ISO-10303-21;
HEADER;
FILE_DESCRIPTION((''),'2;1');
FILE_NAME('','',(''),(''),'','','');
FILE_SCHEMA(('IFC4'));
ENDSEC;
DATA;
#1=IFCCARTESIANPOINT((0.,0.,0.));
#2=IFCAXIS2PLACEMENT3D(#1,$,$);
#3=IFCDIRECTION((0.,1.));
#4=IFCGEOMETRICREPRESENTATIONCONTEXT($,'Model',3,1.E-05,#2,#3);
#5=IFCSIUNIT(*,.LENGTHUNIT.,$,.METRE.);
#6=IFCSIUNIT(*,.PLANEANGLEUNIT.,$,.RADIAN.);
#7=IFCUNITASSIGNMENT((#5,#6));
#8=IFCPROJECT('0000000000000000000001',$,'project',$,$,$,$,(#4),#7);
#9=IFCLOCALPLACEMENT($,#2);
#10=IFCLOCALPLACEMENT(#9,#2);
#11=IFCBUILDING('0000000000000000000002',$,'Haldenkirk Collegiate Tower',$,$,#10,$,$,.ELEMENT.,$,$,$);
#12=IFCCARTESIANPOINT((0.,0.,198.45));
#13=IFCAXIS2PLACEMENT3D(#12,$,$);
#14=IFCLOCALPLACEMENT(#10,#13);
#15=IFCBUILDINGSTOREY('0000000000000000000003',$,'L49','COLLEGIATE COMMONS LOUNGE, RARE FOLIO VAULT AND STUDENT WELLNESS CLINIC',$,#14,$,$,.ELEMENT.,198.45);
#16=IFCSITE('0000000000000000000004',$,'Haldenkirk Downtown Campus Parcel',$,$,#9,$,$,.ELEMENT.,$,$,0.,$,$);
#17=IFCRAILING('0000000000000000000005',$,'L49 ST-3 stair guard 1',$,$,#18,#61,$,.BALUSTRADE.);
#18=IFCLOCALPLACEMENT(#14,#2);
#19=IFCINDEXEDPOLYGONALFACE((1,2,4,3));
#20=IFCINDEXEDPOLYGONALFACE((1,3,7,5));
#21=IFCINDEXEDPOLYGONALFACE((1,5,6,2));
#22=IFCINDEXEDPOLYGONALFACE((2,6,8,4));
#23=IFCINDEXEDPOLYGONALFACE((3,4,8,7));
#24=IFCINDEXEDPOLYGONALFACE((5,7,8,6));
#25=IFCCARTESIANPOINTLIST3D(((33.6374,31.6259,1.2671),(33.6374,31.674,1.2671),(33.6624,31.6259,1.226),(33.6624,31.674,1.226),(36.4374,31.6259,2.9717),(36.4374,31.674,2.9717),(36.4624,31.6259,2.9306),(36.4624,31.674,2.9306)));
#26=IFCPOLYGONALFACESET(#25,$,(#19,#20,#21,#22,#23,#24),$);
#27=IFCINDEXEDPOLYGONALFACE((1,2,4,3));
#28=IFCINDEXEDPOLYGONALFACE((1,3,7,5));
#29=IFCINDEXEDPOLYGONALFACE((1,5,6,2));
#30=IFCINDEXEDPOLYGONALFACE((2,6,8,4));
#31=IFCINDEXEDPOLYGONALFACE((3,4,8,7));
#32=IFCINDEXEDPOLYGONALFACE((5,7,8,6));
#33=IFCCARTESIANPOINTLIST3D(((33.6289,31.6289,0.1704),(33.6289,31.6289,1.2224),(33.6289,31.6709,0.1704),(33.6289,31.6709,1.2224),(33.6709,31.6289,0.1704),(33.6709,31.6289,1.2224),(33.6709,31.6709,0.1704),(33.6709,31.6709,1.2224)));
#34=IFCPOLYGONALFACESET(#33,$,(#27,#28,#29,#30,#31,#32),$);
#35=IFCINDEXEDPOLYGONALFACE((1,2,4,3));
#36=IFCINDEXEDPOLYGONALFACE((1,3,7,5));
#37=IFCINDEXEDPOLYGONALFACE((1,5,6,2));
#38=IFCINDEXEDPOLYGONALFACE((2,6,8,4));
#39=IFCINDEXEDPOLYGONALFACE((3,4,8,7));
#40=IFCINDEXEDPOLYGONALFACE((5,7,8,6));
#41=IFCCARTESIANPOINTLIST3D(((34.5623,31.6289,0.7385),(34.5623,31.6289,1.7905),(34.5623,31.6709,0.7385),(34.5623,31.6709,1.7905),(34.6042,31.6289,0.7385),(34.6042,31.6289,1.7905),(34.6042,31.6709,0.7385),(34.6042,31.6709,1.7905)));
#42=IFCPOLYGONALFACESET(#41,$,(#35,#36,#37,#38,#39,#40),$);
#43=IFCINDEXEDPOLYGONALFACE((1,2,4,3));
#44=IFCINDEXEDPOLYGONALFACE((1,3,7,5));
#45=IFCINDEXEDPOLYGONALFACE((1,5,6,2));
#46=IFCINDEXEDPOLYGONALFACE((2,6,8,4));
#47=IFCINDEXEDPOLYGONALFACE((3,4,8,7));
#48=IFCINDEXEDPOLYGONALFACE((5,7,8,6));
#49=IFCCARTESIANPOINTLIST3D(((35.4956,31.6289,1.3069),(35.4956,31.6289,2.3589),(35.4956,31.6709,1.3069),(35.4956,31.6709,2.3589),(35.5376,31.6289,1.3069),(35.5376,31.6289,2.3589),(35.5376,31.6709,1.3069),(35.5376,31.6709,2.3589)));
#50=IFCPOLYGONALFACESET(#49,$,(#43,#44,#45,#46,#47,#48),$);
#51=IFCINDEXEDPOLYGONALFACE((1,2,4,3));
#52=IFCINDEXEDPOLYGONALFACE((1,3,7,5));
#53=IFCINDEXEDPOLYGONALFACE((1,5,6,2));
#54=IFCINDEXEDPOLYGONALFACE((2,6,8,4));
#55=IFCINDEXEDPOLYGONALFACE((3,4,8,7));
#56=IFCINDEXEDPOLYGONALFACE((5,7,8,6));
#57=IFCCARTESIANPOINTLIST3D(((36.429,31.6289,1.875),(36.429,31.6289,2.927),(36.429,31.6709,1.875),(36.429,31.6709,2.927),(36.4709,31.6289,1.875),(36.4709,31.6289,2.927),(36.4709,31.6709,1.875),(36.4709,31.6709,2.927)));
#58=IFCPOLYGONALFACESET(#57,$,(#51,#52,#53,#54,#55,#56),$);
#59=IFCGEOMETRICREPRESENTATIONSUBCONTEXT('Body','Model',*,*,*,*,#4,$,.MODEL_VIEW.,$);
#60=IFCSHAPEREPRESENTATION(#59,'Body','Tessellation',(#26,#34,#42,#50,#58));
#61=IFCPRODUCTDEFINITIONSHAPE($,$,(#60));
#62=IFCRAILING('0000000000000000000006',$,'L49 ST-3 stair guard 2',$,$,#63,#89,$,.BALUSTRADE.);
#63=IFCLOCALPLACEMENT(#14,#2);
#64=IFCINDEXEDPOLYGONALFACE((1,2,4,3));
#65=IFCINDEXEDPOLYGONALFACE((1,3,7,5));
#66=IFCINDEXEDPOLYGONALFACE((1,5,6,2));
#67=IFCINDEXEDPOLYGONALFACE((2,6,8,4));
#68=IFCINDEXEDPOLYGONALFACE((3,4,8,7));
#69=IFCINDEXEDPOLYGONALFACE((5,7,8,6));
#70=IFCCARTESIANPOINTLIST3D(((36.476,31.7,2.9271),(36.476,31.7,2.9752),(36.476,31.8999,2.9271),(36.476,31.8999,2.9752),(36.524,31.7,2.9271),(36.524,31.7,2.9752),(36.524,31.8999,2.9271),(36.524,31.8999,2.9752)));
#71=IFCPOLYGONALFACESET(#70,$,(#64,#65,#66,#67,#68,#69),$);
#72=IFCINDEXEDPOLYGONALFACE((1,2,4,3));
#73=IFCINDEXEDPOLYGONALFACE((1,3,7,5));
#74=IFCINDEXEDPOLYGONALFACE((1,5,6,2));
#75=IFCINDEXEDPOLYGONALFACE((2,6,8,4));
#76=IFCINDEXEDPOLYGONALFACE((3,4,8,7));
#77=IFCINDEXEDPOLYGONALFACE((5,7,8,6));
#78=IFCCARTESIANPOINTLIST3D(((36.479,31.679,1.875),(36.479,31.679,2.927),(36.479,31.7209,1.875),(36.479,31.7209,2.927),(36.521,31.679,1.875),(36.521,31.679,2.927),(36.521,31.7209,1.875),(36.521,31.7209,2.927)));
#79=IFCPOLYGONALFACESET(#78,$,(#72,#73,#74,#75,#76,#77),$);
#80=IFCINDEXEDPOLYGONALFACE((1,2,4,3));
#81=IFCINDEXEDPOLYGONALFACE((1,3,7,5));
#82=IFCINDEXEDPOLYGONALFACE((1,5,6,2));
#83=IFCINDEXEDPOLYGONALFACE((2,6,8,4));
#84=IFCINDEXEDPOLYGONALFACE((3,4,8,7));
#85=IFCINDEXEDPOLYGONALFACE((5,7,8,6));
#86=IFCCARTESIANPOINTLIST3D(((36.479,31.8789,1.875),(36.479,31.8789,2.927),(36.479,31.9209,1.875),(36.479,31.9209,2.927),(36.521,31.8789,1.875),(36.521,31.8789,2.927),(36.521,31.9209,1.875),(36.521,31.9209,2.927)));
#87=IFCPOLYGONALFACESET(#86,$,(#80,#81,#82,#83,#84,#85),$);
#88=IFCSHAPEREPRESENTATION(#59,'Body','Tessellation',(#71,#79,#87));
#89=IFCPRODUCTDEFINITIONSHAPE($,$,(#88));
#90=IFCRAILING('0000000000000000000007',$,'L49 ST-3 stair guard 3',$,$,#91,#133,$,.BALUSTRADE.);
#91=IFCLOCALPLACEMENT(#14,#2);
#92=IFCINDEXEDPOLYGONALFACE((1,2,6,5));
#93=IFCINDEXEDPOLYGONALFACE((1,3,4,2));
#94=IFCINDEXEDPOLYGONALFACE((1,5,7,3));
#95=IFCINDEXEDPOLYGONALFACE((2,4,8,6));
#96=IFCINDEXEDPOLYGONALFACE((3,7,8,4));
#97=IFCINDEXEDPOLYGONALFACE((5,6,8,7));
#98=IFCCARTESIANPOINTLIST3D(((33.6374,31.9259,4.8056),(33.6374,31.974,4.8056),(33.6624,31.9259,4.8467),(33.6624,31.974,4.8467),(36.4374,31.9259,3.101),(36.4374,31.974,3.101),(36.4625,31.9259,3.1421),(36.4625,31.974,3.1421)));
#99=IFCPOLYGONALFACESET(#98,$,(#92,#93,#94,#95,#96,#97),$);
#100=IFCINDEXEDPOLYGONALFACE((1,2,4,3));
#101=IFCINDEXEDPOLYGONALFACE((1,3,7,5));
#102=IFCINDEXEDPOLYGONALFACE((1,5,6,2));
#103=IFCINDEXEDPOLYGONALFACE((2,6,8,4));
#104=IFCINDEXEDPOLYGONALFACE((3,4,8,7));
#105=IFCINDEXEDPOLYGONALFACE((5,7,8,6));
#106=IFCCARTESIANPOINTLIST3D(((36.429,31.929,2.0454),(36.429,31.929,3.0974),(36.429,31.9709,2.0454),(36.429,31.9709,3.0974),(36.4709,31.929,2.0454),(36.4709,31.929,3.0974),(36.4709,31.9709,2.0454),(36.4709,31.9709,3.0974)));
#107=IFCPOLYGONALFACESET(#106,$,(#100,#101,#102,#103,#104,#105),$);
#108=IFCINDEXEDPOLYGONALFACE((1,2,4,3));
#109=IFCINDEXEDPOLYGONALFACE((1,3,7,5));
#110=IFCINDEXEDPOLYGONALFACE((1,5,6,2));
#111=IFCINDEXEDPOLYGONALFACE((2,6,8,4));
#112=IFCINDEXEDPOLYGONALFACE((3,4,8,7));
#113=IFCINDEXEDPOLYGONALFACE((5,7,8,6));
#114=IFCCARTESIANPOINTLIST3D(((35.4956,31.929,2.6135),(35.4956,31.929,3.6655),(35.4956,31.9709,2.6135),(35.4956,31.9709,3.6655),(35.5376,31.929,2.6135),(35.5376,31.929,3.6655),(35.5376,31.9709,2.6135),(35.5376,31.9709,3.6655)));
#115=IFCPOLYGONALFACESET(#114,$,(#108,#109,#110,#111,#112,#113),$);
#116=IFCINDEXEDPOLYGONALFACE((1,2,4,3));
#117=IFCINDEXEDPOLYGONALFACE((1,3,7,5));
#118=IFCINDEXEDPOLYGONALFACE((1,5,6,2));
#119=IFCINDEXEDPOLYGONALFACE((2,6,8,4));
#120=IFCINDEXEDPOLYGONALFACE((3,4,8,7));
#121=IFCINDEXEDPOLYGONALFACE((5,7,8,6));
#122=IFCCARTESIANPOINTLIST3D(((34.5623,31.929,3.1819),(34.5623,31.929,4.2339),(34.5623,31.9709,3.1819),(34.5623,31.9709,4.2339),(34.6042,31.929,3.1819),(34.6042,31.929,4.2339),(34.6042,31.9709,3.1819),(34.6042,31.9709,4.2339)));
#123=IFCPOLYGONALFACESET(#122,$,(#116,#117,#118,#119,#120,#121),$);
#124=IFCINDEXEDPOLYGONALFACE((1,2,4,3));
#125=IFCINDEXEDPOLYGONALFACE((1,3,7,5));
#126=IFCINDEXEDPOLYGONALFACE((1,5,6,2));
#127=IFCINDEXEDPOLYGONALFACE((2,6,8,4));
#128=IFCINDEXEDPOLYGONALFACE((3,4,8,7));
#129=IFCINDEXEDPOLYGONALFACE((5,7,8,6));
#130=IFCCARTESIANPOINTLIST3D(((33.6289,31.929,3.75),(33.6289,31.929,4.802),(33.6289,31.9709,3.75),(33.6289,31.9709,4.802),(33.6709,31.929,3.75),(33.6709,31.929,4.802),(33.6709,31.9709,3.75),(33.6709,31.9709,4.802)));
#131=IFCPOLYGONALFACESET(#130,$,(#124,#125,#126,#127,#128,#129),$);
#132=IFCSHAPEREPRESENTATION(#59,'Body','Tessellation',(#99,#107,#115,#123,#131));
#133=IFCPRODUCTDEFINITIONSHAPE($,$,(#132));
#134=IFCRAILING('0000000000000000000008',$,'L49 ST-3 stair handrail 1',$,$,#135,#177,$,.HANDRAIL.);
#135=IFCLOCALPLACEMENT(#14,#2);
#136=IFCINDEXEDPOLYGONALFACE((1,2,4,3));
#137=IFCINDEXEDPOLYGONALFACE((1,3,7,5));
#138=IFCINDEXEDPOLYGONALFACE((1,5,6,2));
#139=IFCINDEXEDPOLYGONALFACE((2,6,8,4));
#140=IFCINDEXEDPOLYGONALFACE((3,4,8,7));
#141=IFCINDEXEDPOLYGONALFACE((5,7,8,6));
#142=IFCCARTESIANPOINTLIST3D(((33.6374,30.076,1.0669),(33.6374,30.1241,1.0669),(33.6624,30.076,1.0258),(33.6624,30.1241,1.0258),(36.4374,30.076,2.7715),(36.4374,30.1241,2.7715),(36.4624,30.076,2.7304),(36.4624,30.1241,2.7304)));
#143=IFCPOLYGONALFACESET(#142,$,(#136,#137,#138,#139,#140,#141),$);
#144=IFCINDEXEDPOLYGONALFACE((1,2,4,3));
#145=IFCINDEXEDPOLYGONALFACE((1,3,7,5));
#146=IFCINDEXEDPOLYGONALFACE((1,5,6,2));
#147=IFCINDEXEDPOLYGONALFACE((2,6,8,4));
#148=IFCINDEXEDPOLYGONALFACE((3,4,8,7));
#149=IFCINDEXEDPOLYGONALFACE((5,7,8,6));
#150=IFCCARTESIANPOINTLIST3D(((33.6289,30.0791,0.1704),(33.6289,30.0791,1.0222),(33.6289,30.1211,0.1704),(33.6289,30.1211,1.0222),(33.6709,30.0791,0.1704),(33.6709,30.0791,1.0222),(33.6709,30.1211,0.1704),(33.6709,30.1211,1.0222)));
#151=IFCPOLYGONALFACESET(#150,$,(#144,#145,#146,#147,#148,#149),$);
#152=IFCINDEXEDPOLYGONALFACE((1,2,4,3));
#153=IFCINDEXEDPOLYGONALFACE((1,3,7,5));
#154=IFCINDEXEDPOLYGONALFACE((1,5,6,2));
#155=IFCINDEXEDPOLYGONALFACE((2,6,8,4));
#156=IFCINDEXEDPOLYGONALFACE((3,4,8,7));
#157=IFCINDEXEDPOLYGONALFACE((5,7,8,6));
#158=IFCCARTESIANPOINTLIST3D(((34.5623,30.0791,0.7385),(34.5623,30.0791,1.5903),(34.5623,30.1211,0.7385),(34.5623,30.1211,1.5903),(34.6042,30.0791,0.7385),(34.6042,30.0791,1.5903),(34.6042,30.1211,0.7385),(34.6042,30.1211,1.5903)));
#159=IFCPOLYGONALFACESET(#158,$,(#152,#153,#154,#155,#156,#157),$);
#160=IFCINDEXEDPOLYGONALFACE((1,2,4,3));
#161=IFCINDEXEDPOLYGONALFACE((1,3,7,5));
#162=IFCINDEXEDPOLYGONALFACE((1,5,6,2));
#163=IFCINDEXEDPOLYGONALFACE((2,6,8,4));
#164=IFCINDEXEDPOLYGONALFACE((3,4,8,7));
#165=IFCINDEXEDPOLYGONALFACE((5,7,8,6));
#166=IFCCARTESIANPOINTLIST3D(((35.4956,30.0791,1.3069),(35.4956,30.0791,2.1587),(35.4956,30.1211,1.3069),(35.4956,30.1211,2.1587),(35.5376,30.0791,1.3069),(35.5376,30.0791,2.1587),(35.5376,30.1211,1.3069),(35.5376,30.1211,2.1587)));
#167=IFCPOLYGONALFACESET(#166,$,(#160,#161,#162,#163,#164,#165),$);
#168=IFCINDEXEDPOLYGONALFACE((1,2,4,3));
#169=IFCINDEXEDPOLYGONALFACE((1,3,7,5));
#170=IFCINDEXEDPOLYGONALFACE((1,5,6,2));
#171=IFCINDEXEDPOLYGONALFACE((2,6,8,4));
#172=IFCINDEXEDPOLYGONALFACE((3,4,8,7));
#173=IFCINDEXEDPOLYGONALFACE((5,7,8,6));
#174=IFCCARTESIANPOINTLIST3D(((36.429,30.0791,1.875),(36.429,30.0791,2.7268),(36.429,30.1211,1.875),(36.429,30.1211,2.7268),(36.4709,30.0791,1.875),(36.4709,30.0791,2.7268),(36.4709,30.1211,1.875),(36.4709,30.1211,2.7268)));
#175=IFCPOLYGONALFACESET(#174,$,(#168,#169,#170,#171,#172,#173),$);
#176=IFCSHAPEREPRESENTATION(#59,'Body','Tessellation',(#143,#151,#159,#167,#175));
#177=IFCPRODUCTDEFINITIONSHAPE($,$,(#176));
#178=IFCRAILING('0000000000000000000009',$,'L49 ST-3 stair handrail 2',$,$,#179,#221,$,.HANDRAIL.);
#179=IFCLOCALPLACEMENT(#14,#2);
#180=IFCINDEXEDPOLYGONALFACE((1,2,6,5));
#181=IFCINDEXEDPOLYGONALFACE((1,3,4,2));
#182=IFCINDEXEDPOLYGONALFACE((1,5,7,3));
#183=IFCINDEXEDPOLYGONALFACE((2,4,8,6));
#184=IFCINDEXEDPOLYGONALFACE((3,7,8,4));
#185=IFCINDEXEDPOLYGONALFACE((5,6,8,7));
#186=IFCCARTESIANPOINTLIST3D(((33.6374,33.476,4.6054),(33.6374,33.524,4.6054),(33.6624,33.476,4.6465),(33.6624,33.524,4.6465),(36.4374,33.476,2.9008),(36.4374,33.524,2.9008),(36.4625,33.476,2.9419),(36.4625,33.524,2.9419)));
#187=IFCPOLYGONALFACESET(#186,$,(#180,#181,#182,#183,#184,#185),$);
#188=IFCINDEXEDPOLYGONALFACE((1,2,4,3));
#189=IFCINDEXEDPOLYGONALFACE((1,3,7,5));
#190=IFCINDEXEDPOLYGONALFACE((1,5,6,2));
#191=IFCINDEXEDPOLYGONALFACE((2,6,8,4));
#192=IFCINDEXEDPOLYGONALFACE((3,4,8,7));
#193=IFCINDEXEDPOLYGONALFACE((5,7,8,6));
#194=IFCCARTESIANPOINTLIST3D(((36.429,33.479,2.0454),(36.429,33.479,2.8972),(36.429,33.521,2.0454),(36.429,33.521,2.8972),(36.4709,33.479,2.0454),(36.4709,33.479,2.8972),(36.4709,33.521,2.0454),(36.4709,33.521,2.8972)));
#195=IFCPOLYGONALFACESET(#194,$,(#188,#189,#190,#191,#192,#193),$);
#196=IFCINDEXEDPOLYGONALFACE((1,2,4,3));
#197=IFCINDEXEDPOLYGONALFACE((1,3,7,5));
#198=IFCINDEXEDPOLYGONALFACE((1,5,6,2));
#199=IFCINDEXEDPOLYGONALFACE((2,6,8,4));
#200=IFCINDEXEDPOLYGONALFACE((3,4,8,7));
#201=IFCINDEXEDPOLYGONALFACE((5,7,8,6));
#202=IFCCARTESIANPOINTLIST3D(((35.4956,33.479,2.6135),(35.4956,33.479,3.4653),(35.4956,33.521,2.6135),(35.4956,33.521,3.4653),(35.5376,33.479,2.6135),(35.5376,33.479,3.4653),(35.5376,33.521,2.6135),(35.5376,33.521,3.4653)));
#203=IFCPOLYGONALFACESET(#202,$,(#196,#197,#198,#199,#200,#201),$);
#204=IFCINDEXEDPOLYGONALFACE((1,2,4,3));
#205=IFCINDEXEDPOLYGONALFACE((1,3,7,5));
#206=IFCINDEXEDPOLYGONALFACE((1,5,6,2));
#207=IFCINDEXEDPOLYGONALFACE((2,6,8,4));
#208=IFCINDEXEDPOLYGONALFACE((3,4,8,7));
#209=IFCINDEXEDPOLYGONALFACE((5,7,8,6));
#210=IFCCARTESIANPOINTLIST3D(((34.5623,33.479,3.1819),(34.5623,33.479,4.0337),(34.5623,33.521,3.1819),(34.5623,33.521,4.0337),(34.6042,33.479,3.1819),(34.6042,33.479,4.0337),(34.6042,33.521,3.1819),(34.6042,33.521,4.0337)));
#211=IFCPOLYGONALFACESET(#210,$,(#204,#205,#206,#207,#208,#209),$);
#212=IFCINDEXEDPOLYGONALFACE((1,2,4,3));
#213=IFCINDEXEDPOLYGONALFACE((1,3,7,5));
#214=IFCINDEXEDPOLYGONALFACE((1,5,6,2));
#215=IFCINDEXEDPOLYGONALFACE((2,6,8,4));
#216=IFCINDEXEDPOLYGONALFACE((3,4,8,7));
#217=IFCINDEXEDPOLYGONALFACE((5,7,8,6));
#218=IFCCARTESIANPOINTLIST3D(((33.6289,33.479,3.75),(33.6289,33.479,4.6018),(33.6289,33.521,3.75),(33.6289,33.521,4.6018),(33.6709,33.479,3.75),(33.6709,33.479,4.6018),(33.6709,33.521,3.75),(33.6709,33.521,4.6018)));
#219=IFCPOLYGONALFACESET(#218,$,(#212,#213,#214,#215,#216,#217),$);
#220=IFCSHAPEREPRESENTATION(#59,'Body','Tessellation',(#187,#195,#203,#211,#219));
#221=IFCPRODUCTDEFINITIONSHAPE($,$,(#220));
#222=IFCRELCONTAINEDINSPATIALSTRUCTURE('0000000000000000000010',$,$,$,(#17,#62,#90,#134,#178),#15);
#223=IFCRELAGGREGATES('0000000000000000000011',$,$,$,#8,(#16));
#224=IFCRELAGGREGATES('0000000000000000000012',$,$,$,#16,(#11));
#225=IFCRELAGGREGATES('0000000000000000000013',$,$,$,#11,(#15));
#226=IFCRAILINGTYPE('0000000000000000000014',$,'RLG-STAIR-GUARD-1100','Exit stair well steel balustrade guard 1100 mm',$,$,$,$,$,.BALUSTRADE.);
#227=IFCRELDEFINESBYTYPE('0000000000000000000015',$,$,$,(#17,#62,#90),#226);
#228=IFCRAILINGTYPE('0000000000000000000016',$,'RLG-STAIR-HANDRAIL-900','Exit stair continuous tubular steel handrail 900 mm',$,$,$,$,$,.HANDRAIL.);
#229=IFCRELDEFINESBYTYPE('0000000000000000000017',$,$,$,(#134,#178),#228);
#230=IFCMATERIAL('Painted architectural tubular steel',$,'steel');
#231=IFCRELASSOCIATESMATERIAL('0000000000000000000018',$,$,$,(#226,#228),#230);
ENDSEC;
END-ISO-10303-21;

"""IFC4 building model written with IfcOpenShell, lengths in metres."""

from ifc_helpers import new_model, si_unit, direction, frame, origin, origin_2d, place, context, subcontext, project, spatial, rectangle, extrude, material, type_object, element, save


model = new_model("IFC4")

# Units and contexts
model_context = context("Model", 3, precision=1e-05, world=origin(), true_north=direction((0.0, 1.0)))
body_context = subcontext(model_context, "Body", "Model", "MODEL_VIEW")
ifc_project = project(units=[si_unit("LENGTHUNIT", "METRE"), si_unit("PLANEANGLEUNIT", "RADIAN")], contexts=[model_context])

# Site, building, storey
site_placement = place(None, origin())
site = spatial("IfcSite", under=ifc_project, at=site_placement, Name="Haldenkirk Downtown Campus Parcel", CompositionType="ELEMENT", RefElevation=0.0)
building_placement = place(site_placement, origin())
building = spatial("IfcBuilding", under=site, at=building_placement, Name="Haldenkirk Collegiate Tower", CompositionType="ELEMENT")
storey_placement = place(building_placement, frame((0.0, 0.0, 198.45)))
storey = spatial("IfcBuildingStorey", under=building, at=storey_placement, Name="L49", Description="COLLEGIATE COMMONS LOUNGE, RARE FOLIO VAULT AND STUDENT WELLNESS CLINIC", CompositionType="ELEMENT", Elevation=198.45)

# Railings
ifc_material_1 = material(Name="Painted architectural tubular steel", Category="steel")
railing_type_1 = type_object("IfcRailingType", Name="RLG-STAIR-GUARD-1100", Description="Exit stair well steel balustrade guard 1100 mm", PredefinedType="BALUSTRADE", material=ifc_material_1)
railing_1_placement = place(storey_placement, frame((33.6499, 31.6499, 0.1704)))
element("IfcRailing", 1, at=railing_1_placement, inside=storey, type_object=railing_type_1, Name="L49 ST-3 stair guard 1", PredefinedType="BALUSTRADE", context=body_context, shape_type="SweptSolid", body=[
    extrude(rectangle(XDim=0.0481, YDim=0.0481, at=origin_2d()), frame((0.0, 0.0, 1.0762), z_axis=(0.85417, 0.0, 0.519994), x_axis=(0.0, 1.0, 0.0)), (0.0, 0.0, 1.0), 3.2781),
    extrude(rectangle(XDim=0.042, YDim=0.042, at=origin_2d()), origin(), (0.0, 0.0, 1.0), 1.052),
    extrude(rectangle(XDim=0.042, YDim=0.042, at=origin_2d()), frame((0.9333, 0.0, 0.5681)), (0.0, 0.0, 1.0), 1.052),
    extrude(rectangle(XDim=0.042, YDim=0.042, at=origin_2d()), frame((1.8667, 0.0, 1.1365)), (0.0, 0.0, 1.0), 1.052),
    extrude(rectangle(XDim=0.042, YDim=0.042, at=origin_2d()), frame((2.8, 0.0, 1.7046)), (0.0, 0.0, 1.0), 1.052),
])
railing_2_placement = place(storey_placement, frame((36.5, 31.7, 1.875)))
element("IfcRailing", 2, at=railing_2_placement, inside=storey, type_object=railing_type_1, Name="L49 ST-3 stair guard 2", PredefinedType="BALUSTRADE", context=body_context, shape_type="SweptSolid", body=[
    extrude(rectangle(XDim=0.0481, YDim=0.0481, at=origin_2d()), frame((0.0, 0.0, 1.0762), z_axis=(0.0, 1.0, 0.0), x_axis=(-1.0, 0.0, 0.0)), (0.0, 0.0, 1.0), 0.2),
    extrude(rectangle(XDim=0.042, YDim=0.042, at=origin_2d()), origin(), (0.0, 0.0, 1.0), 1.052),
    extrude(rectangle(XDim=0.042, YDim=0.042, at=origin_2d()), frame((0.0, 0.2, 0.0)), (0.0, 0.0, 1.0), 1.052),
])
railing_3_placement = place(storey_placement, frame((36.45, 31.95, 2.0454)))
element("IfcRailing", 3, at=railing_3_placement, inside=storey, type_object=railing_type_1, Name="L49 ST-3 stair guard 3", PredefinedType="BALUSTRADE", context=body_context, shape_type="SweptSolid", body=[
    extrude(rectangle(XDim=0.0481, YDim=0.0481, at=origin_2d()), frame((0.0, 0.0, 1.0762), z_axis=(-0.85417, 0.0, 0.519994), x_axis=(0.0, -1.0, 0.0)), (0.0, 0.0, 1.0), 3.2781),
    extrude(rectangle(XDim=0.042, YDim=0.042, at=origin_2d()), origin(), (0.0, 0.0, 1.0), 1.052),
    extrude(rectangle(XDim=0.042, YDim=0.042, at=origin_2d()), frame((-0.9333, 0.0, 0.5681)), (0.0, 0.0, 1.0), 1.052),
    extrude(rectangle(XDim=0.042, YDim=0.042, at=origin_2d()), frame((-1.8667, 0.0, 1.1365)), (0.0, 0.0, 1.0), 1.052),
    extrude(rectangle(XDim=0.042, YDim=0.042, at=origin_2d()), frame((-2.8, 0.0, 1.7046)), (0.0, 0.0, 1.0), 1.052),
])
railing_type_2 = type_object("IfcRailingType", Name="RLG-STAIR-HANDRAIL-900", Description="Exit stair continuous tubular steel handrail 900 mm", PredefinedType="HANDRAIL", material=ifc_material_1)
railing_4_placement = place(storey_placement, frame((33.6499, 30.1001, 0.1704)))
element("IfcRailing", 4, at=railing_4_placement, inside=storey, type_object=railing_type_2, Name="L49 ST-3 stair handrail 1", PredefinedType="HANDRAIL", context=body_context, shape_type="SweptSolid", body=[
    extrude(rectangle(XDim=0.0481, YDim=0.0481, at=origin_2d()), frame((0.0, 0.0, 0.876), z_axis=(0.85417, 0.0, 0.519994), x_axis=(0.0, 1.0, 0.0)), (0.0, 0.0, 1.0), 3.2781),
    extrude(rectangle(XDim=0.042, YDim=0.042, at=origin_2d()), origin(), (0.0, 0.0, 1.0), 0.8518),
    extrude(rectangle(XDim=0.042, YDim=0.042, at=origin_2d()), frame((0.9333, 0.0, 0.5681)), (0.0, 0.0, 1.0), 0.8518),
    extrude(rectangle(XDim=0.042, YDim=0.042, at=origin_2d()), frame((1.8667, 0.0, 1.1365)), (0.0, 0.0, 1.0), 0.8518),
    extrude(rectangle(XDim=0.042, YDim=0.042, at=origin_2d()), frame((2.8, 0.0, 1.7046)), (0.0, 0.0, 1.0), 0.8518),
])
railing_5_placement = place(storey_placement, frame((36.45, 33.5, 2.0454)))
element("IfcRailing", 5, at=railing_5_placement, inside=storey, type_object=railing_type_2, Name="L49 ST-3 stair handrail 2", PredefinedType="HANDRAIL", context=body_context, shape_type="SweptSolid", body=[
    extrude(rectangle(XDim=0.0481, YDim=0.0481, at=origin_2d()), frame((0.0, 0.0, 0.876), z_axis=(-0.85417, 0.0, 0.519994), x_axis=(0.0, -1.0, 0.0)), (0.0, 0.0, 1.0), 3.2781),
    extrude(rectangle(XDim=0.042, YDim=0.042, at=origin_2d()), origin(), (0.0, 0.0, 1.0), 0.8518),
    extrude(rectangle(XDim=0.042, YDim=0.042, at=origin_2d()), frame((-0.9333, 0.0, 0.5681)), (0.0, 0.0, 1.0), 0.8518),
    extrude(rectangle(XDim=0.042, YDim=0.042, at=origin_2d()), frame((-1.8667, 0.0, 1.1365)), (0.0, 0.0, 1.0), 0.8518),
    extrude(rectangle(XDim=0.042, YDim=0.042, at=origin_2d()), frame((-2.8, 0.0, 1.7046)), (0.0, 0.0, 1.0), 0.8518),
])

save(model, "model.ifc")
